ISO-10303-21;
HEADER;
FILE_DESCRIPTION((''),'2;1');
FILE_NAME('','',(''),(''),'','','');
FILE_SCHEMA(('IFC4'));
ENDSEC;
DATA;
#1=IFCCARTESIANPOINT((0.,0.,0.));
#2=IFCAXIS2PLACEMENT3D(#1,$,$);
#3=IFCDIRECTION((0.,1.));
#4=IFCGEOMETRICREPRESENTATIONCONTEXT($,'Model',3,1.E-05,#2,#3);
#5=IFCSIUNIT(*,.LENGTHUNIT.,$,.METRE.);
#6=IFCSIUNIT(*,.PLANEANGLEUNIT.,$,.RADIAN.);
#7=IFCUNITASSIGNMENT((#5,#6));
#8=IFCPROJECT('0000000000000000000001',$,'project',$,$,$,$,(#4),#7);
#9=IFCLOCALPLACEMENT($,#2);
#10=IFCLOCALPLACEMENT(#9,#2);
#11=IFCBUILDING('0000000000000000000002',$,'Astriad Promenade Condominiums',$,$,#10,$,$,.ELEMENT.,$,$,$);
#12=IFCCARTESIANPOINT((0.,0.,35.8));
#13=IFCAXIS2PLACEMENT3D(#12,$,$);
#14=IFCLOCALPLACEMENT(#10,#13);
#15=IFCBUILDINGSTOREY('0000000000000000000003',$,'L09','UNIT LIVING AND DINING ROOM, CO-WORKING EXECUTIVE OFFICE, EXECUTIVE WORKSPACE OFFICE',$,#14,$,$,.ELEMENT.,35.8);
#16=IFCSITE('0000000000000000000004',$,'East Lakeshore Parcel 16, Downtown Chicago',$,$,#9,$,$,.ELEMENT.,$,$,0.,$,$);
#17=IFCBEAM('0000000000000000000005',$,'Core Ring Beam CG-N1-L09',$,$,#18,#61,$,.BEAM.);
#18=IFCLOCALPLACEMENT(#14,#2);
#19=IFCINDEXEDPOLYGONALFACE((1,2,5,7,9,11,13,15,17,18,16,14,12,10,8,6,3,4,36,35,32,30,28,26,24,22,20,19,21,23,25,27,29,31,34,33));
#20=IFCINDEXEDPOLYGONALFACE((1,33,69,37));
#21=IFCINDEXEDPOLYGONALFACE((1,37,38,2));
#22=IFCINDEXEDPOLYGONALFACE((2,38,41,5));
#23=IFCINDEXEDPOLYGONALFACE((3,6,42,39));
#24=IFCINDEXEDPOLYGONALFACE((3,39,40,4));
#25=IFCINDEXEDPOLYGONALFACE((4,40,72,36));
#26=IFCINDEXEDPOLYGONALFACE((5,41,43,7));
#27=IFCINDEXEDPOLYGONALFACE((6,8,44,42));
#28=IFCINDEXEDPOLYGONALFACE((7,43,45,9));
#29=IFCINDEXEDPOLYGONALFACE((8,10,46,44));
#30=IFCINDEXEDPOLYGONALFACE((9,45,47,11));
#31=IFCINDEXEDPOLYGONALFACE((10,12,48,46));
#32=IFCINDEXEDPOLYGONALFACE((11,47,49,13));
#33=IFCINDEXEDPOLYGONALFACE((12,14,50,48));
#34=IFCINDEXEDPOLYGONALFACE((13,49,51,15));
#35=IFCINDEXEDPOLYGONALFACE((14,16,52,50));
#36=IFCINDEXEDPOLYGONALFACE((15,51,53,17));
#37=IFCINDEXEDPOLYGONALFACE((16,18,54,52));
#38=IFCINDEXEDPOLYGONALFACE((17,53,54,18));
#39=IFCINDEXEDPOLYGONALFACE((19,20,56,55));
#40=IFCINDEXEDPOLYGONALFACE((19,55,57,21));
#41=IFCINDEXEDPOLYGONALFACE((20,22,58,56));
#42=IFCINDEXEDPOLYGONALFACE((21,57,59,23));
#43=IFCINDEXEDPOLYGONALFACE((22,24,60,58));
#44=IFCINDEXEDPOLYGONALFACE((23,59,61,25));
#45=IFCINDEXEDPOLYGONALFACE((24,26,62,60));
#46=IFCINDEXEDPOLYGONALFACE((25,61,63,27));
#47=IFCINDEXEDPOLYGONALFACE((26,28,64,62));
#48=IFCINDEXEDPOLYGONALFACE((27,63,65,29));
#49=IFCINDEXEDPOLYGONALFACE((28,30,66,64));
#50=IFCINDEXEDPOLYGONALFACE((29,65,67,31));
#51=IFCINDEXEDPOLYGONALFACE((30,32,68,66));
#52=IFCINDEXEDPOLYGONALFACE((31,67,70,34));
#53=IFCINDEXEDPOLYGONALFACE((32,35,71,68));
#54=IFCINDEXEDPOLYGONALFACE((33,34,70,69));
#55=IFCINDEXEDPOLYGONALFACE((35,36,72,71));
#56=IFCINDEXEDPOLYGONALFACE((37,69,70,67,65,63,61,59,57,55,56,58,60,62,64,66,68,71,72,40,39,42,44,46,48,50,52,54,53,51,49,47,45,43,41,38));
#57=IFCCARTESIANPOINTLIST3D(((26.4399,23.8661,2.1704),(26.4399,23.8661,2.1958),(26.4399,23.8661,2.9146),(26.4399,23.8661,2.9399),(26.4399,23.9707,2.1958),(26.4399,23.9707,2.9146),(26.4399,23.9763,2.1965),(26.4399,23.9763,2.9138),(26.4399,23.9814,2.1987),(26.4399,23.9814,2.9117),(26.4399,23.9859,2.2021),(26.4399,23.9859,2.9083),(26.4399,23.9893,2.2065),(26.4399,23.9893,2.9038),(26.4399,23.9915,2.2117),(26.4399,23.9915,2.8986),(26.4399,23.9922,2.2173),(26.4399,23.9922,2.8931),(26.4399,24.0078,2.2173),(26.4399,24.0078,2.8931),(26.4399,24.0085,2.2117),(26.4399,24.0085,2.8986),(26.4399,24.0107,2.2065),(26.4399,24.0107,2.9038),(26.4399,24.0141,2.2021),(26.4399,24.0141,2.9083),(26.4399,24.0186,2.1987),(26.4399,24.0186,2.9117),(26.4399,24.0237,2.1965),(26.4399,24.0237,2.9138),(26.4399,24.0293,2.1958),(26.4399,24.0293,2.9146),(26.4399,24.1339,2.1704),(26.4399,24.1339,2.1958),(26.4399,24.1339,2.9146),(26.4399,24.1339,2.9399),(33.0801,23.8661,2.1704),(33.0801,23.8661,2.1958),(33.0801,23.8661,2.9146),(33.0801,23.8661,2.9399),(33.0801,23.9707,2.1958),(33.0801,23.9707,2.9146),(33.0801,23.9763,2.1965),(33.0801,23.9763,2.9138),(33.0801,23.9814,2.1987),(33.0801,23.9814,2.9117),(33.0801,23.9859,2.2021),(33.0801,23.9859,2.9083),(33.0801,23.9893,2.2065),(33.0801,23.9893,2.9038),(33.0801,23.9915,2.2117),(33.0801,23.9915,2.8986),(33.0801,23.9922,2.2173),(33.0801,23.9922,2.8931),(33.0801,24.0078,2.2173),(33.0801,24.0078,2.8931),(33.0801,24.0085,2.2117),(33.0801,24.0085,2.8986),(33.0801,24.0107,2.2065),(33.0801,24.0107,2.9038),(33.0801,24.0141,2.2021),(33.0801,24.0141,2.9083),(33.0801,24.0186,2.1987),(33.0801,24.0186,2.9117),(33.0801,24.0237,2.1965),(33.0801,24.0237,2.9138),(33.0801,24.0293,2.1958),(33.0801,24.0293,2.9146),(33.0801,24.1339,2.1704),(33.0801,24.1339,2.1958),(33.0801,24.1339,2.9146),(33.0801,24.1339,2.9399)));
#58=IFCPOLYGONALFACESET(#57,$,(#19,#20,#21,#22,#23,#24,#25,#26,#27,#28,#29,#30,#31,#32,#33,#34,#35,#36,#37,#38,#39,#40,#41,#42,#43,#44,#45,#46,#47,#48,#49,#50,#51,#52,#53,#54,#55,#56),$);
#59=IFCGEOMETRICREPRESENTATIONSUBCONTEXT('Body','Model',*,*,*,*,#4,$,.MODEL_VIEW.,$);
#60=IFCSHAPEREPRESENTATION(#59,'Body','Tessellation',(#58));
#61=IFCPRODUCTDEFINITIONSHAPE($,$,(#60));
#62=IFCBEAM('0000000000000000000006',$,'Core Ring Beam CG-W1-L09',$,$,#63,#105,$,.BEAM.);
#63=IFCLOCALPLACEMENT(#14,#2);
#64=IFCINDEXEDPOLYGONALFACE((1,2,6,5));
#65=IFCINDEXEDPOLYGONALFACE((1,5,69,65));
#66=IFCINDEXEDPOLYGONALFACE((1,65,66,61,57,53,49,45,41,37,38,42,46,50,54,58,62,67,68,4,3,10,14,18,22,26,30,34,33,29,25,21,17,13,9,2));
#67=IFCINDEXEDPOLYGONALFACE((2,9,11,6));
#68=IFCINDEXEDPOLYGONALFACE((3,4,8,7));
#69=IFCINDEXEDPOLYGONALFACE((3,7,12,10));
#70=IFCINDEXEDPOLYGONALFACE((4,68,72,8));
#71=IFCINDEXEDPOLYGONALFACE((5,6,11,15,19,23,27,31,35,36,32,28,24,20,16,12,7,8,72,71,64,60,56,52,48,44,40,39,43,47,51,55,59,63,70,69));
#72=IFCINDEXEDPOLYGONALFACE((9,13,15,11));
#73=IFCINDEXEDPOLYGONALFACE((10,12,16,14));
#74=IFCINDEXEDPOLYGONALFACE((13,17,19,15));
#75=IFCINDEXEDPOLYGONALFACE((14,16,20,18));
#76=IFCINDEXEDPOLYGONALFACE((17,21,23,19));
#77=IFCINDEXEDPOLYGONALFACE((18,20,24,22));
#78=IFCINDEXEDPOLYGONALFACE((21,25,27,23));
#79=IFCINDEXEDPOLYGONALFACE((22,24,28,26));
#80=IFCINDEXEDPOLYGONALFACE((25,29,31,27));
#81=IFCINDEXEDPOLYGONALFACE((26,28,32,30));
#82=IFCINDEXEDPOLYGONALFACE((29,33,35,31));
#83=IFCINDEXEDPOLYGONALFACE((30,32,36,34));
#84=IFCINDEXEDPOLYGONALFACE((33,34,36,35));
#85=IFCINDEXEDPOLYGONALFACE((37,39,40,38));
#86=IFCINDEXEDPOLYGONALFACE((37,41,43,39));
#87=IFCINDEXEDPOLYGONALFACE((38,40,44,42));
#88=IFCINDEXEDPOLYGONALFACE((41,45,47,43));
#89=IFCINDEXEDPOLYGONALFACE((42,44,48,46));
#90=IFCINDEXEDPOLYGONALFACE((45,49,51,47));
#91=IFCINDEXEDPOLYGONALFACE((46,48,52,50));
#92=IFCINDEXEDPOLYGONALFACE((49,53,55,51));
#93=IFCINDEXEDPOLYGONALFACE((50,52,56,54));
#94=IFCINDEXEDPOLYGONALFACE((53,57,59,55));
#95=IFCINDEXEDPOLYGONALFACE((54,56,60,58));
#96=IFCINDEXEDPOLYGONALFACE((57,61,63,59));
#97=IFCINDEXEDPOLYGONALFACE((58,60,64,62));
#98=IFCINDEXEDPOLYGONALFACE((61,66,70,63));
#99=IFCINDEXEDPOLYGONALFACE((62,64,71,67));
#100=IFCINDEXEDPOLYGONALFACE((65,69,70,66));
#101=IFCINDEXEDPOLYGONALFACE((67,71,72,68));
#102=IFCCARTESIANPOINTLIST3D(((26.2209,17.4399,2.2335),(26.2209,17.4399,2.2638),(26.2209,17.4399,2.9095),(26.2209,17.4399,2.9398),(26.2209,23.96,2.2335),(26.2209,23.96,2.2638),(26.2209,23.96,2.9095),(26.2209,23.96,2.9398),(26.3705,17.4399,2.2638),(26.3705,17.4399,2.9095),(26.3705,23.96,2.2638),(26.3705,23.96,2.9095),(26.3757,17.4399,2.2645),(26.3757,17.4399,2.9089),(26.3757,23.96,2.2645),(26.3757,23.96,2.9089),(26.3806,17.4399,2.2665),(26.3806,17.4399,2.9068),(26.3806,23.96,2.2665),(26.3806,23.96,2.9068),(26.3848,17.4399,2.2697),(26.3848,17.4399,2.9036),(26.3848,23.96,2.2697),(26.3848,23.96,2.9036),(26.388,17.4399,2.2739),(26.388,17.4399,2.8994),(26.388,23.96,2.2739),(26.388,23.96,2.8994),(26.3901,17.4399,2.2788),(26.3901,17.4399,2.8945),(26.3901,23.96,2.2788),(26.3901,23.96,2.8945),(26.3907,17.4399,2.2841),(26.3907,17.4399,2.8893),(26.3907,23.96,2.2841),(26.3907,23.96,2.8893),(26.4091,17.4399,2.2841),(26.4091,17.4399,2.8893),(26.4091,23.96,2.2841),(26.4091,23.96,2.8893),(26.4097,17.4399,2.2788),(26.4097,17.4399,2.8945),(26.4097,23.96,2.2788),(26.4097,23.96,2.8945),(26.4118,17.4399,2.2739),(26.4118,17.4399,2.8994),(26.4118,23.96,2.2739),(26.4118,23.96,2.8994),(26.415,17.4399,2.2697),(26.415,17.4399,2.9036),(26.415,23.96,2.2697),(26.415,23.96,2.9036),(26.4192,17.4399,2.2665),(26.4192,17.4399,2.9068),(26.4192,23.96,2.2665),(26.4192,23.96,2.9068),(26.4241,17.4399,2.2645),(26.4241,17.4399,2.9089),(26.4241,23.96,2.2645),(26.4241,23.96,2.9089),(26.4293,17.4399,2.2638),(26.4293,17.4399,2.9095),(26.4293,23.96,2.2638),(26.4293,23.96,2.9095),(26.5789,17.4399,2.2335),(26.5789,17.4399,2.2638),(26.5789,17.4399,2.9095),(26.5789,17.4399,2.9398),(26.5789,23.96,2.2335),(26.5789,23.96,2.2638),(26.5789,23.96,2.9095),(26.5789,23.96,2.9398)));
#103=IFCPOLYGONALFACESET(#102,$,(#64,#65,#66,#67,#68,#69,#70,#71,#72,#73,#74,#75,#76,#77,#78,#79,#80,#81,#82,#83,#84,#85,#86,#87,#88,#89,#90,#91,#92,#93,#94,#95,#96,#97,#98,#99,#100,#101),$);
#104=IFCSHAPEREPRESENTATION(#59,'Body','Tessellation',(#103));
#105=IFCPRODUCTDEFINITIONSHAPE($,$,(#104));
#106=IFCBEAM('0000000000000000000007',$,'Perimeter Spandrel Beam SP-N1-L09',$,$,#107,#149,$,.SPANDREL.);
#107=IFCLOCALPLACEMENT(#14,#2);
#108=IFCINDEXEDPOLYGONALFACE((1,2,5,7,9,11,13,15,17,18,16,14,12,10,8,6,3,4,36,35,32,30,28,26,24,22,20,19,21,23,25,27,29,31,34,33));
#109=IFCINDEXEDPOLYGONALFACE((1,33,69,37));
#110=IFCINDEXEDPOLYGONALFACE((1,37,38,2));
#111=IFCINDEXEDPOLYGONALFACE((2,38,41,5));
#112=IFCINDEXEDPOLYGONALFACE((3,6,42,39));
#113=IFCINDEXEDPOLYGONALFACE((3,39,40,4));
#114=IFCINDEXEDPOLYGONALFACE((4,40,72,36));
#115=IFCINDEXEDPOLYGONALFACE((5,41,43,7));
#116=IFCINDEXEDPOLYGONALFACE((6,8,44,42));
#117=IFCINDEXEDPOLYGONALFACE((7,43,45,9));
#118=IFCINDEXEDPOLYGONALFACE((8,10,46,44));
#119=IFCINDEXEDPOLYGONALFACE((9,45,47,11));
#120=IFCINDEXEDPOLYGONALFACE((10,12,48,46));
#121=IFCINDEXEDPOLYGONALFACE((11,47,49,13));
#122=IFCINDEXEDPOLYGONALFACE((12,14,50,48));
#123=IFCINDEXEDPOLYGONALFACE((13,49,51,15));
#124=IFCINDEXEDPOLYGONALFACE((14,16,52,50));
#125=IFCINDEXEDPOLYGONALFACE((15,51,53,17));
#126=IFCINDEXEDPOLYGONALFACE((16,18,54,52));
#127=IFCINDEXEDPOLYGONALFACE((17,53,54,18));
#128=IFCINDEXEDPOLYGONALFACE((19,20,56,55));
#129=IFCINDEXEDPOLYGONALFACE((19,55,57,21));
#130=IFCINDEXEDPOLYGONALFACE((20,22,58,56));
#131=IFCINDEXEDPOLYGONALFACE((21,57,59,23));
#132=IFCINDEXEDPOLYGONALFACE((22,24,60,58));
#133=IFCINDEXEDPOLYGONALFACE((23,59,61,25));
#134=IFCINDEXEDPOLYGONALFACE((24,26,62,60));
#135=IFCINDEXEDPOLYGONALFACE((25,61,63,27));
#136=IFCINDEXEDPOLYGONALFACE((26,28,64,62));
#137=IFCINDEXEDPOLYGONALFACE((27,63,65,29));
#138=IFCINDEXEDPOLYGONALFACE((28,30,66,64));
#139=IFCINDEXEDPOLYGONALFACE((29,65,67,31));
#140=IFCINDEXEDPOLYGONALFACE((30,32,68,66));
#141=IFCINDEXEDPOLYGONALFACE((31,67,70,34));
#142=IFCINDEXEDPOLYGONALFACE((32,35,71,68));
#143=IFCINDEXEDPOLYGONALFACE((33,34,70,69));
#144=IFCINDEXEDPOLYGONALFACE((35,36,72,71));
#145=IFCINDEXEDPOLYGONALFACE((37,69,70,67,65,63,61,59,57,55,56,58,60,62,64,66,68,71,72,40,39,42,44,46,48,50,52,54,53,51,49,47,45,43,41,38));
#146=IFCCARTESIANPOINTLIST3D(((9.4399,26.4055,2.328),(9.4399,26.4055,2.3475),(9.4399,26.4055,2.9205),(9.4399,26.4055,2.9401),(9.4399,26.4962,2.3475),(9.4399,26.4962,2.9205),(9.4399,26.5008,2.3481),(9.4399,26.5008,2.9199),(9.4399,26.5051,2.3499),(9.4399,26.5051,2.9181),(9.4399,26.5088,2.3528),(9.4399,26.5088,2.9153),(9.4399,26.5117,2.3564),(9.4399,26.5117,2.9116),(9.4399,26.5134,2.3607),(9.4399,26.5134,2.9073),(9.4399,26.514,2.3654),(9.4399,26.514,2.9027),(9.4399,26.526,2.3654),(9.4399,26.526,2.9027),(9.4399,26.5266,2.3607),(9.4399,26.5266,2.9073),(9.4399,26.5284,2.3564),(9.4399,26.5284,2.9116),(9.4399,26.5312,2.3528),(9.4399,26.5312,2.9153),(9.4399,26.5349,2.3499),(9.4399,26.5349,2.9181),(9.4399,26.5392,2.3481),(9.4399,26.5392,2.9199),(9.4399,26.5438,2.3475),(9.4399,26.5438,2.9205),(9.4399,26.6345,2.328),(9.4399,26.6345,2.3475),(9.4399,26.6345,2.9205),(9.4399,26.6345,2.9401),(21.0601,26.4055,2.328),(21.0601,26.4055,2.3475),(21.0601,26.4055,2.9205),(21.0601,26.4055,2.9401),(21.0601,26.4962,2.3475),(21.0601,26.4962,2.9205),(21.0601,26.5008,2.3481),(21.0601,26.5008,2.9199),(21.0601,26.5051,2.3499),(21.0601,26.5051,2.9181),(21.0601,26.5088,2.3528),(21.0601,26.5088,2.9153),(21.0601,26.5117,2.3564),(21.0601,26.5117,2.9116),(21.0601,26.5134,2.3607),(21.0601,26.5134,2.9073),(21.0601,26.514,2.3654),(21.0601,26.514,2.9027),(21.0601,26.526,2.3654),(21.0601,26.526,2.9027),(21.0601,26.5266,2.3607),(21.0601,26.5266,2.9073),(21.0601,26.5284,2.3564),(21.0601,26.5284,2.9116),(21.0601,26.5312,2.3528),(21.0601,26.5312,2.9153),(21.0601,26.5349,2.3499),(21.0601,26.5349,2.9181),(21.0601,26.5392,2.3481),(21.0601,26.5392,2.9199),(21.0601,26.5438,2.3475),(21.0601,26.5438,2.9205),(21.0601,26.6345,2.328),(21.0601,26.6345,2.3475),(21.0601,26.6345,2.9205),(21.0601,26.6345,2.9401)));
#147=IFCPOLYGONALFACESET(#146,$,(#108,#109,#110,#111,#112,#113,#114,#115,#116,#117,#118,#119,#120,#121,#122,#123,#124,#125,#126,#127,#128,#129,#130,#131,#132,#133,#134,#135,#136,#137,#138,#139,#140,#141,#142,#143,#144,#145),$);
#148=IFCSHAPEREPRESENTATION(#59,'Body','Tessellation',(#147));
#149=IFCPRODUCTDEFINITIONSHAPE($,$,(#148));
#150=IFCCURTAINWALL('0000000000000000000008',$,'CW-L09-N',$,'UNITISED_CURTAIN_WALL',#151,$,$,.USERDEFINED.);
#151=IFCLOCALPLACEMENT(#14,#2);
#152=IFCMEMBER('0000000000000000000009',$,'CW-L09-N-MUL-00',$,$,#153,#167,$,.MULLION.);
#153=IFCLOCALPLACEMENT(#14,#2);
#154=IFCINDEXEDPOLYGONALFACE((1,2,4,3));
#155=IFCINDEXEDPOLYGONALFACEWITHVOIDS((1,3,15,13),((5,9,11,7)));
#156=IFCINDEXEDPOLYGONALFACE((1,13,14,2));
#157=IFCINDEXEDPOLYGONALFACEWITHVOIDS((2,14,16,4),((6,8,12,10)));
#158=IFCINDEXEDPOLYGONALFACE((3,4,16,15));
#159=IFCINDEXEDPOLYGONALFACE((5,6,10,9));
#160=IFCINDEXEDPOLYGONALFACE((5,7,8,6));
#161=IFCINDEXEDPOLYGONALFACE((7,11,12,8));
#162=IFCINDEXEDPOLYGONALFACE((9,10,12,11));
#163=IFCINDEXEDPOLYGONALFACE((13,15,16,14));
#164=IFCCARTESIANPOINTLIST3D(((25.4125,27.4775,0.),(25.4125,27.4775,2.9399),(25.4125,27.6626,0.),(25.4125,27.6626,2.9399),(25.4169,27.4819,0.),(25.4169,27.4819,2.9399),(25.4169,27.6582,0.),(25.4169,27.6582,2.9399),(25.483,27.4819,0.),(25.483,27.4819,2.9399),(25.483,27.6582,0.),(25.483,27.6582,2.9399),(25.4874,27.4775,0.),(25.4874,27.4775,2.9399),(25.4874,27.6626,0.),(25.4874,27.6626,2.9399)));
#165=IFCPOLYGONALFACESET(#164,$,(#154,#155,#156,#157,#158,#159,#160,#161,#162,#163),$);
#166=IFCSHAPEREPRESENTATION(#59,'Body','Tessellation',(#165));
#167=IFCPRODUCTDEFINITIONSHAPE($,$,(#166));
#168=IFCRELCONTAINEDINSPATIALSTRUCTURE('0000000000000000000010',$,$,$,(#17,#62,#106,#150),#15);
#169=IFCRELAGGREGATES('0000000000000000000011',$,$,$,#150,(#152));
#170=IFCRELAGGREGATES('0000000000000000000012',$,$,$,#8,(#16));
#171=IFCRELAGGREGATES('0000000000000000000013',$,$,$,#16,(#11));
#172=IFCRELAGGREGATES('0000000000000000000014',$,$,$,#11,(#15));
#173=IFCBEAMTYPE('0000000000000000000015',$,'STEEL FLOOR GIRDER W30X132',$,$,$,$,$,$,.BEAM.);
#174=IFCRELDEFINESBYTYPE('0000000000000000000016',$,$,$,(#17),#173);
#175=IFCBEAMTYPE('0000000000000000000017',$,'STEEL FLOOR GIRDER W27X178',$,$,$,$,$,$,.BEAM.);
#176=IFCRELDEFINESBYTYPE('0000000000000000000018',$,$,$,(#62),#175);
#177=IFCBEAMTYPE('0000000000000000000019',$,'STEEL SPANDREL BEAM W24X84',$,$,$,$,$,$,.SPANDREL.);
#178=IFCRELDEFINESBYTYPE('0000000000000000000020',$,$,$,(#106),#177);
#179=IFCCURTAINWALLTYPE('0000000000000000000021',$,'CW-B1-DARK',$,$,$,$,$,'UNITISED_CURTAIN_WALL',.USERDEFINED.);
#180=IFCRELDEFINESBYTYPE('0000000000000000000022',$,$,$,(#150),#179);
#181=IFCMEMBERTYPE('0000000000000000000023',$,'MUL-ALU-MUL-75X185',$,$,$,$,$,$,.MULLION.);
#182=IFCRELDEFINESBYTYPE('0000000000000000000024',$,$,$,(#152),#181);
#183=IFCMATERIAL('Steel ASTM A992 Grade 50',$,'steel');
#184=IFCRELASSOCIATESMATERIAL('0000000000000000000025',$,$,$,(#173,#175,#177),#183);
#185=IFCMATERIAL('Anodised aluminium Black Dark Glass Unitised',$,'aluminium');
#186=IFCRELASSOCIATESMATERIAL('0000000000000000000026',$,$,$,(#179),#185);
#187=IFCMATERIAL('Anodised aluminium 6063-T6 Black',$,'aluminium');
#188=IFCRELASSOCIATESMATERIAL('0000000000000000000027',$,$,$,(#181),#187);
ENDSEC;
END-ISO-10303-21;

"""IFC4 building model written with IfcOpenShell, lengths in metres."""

from ifc_helpers import new_model, si_unit, direction, frame, origin, origin_2d, place, context, subcontext, project, spatial, hollow_rectangle, i_section, extrude, source, transform, mapped, material, material_profile, profile_set, type_object, type_shapes, element, aggregate, save


model = new_model("IFC4")

# Units and contexts
model_context = context("Model", 3, precision=1e-05, world=origin(), true_north=direction((0.0, 1.0)))
body_context = subcontext(model_context, "Body", "Model", "MODEL_VIEW")
ifc_project = project(units=[si_unit("LENGTHUNIT", "METRE"), si_unit("PLANEANGLEUNIT", "RADIAN")], contexts=[model_context])

# Site, building, storey
site_placement = place(None, origin())
site = spatial("IfcSite", under=ifc_project, at=site_placement, Name="East Lakeshore Parcel 16, Downtown Chicago", CompositionType="ELEMENT", RefElevation=0.0)
building_placement = place(site_placement, origin())
building = spatial("IfcBuilding", under=site, at=building_placement, Name="Astriad Promenade Condominiums", CompositionType="ELEMENT")
storey_placement = place(building_placement, frame((0.0, 0.0, 35.8)))
storey = spatial("IfcBuildingStorey", under=building, at=storey_placement, Name="L09", Description="UNIT LIVING AND DINING ROOM, CO-WORKING EXECUTIVE OFFICE, EXECUTIVE WORKSPACE OFFICE", CompositionType="ELEMENT", Elevation=35.8)

# Shared definitions
ifc_material_1 = material(Name="Steel ASTM A992 Grade 50", Category="steel")

# Beams
ifc_material_profile_1 = material_profile(ifc_material_1, i_section(OverallWidth=0.2678, OverallDepth=0.7695, WebThickness=0.0156, FlangeThickness=0.0254, FilletRadius=0.0215, at=origin_2d()), Name="W30X132")
ifc_profile_set_1 = profile_set([ifc_material_profile_1], Name="Steel ASTM A992 Grade 50")
beam_type_1 = type_object("IfcBeamType", Name="STEEL FLOOR GIRDER W30X132", PredefinedType="BEAM", material=ifc_profile_set_1)
shared_shape_1 = source(origin(), body_context, "Body", "SweptSolid", [
    extrude(i_section(OverallWidth=0.2678, OverallDepth=0.7695, WebThickness=0.0156, FlangeThickness=0.0254, FilletRadius=0.0215, at=origin_2d()), origin(), (0.0, 0.0, 1.0), 6.6401),
])
type_shapes(beam_type_1, [shared_shape_1])
beam_1_placement = place(storey_placement, frame((26.4399, 24.0, 2.5552), z_axis=(1.0, 0.0, 0.0), x_axis=(0.0, 1.0, 0.0)))
element("IfcBeam", 1, at=beam_1_placement, inside=storey, type_object=beam_type_1, Name="Core Ring Beam CG-N1-L09", PredefinedType="BEAM", context=body_context, shape_type="MappedRepresentation", body=[
    mapped(shared_shape_1, transform((0.0, 0.0, 0.0), scale=1.0)),
])
ifc_material_profile_2 = material_profile(ifc_material_1, i_section(OverallWidth=0.3579, OverallDepth=0.7063, WebThickness=0.0183, FlangeThickness=0.0303, FilletRadius=0.0203, at=origin_2d()), Name="W27X178")
ifc_profile_set_2 = profile_set([ifc_material_profile_2], Name="Steel ASTM A992 Grade 50")
beam_type_2 = type_object("IfcBeamType", Name="STEEL FLOOR GIRDER W27X178", PredefinedType="BEAM", material=ifc_profile_set_2)
shared_shape_2 = source(origin(), body_context, "Body", "SweptSolid", [
    extrude(i_section(OverallWidth=0.3579, OverallDepth=0.7063, WebThickness=0.0183, FlangeThickness=0.0303, FilletRadius=0.0203, at=origin_2d()), origin(), (0.0, 0.0, 1.0), 6.52),
])
type_shapes(beam_type_2, [shared_shape_2])
beam_2_placement = place(storey_placement, frame((26.3999, 17.4399, 2.5867), z_axis=(0.0, 1.0, 0.0), x_axis=(-1.0, 0.0, 0.0)))
element("IfcBeam", 2, at=beam_2_placement, inside=storey, type_object=beam_type_2, Name="Core Ring Beam CG-W1-L09", PredefinedType="BEAM", context=body_context, shape_type="MappedRepresentation", body=[
    mapped(shared_shape_2, transform((0.0, 0.0, 0.0), scale=1.0)),
])
ifc_material_profile_3 = material_profile(ifc_material_1, i_section(OverallWidth=0.229, OverallDepth=0.6121, WebThickness=0.012, FlangeThickness=0.0195, FilletRadius=0.0178, at=origin_2d()), Name="W24X84")
ifc_profile_set_3 = profile_set([ifc_material_profile_3], Name="Steel ASTM A992 Grade 50")
beam_type_3 = type_object("IfcBeamType", Name="STEEL SPANDREL BEAM W24X84", PredefinedType="SPANDREL", material=ifc_profile_set_3)
shared_shape_3 = source(origin(), body_context, "Body", "SweptSolid", [
    extrude(i_section(OverallWidth=0.229, OverallDepth=0.6121, WebThickness=0.012, FlangeThickness=0.0195, FilletRadius=0.0178, at=origin_2d()), origin(), (0.0, 0.0, 1.0), 11.6201),
])
type_shapes(beam_type_3, [shared_shape_3])
beam_3_placement = place(storey_placement, frame((21.0601, 26.52, 2.634), z_axis=(-1.0, 0.0, 0.0), x_axis=(0.0, -1.0, 0.0)))
element("IfcBeam", 3, at=beam_3_placement, inside=storey, type_object=beam_type_3, Name="Perimeter Spandrel Beam SP-N1-L09", PredefinedType="SPANDREL", context=body_context, shape_type="MappedRepresentation", body=[
    mapped(shared_shape_3, transform((0.0, 0.0, 0.0), scale=1.0)),
])

# Curtain wall, member
ifc_material_2 = material(Name="Anodised aluminium Black Dark Glass Unitised", Category="aluminium")
curtain_wall_type = type_object("IfcCurtainWallType", Name="CW-B1-DARK", ElementType="UNITISED_CURTAIN_WALL", PredefinedType="USERDEFINED", material=ifc_material_2)
curtain_wall_placement = place(storey_placement, origin())
curtain_wall = element("IfcCurtainWall", 4, at=curtain_wall_placement, inside=storey, type_object=curtain_wall_type, Name="CW-L09-N", ObjectType="UNITISED_CURTAIN_WALL", PredefinedType="USERDEFINED")
ifc_material_3 = material(Name="Anodised aluminium 6063-T6 Black", Category="aluminium")
ifc_material_profile_4 = material_profile(ifc_material_3, hollow_rectangle(XDim=0.075, YDim=0.1851, WallThickness=0.0044, at=origin_2d()), Name="ALU-MUL-75X185")
ifc_profile_set_4 = profile_set([ifc_material_profile_4], Name="Anodised aluminium 6063-T6 Black")
member_type_1 = type_object("IfcMemberType", Name="MUL-ALU-MUL-75X185", PredefinedType="MULLION", material=ifc_profile_set_4)
shared_shape_4 = source(origin(), body_context, "Body", "SweptSolid", [
    extrude(hollow_rectangle(XDim=0.075, YDim=0.1851, WallThickness=0.0044, at=origin_2d()), origin(), (0.0, 0.0, 1.0), 2.9399),
])
type_shapes(member_type_1, [shared_shape_4])
member_1_placement = place(storey_placement, frame((25.45, 27.5701, 0.0), z_axis=(0.0, 0.0, 1.0), x_axis=(1.0, 0.0, 0.0)))
member_1 = element("IfcMember", 5, at=member_1_placement, type_object=member_type_1, Name="CW-L09-N-MUL-00", PredefinedType="MULLION", context=body_context, shape_type="MappedRepresentation", body=[
    mapped(shared_shape_4, transform((0.0, 0.0, 0.0), scale=1.0)),
])
aggregate(curtain_wall, [member_1])

save(model, "model.ifc")
